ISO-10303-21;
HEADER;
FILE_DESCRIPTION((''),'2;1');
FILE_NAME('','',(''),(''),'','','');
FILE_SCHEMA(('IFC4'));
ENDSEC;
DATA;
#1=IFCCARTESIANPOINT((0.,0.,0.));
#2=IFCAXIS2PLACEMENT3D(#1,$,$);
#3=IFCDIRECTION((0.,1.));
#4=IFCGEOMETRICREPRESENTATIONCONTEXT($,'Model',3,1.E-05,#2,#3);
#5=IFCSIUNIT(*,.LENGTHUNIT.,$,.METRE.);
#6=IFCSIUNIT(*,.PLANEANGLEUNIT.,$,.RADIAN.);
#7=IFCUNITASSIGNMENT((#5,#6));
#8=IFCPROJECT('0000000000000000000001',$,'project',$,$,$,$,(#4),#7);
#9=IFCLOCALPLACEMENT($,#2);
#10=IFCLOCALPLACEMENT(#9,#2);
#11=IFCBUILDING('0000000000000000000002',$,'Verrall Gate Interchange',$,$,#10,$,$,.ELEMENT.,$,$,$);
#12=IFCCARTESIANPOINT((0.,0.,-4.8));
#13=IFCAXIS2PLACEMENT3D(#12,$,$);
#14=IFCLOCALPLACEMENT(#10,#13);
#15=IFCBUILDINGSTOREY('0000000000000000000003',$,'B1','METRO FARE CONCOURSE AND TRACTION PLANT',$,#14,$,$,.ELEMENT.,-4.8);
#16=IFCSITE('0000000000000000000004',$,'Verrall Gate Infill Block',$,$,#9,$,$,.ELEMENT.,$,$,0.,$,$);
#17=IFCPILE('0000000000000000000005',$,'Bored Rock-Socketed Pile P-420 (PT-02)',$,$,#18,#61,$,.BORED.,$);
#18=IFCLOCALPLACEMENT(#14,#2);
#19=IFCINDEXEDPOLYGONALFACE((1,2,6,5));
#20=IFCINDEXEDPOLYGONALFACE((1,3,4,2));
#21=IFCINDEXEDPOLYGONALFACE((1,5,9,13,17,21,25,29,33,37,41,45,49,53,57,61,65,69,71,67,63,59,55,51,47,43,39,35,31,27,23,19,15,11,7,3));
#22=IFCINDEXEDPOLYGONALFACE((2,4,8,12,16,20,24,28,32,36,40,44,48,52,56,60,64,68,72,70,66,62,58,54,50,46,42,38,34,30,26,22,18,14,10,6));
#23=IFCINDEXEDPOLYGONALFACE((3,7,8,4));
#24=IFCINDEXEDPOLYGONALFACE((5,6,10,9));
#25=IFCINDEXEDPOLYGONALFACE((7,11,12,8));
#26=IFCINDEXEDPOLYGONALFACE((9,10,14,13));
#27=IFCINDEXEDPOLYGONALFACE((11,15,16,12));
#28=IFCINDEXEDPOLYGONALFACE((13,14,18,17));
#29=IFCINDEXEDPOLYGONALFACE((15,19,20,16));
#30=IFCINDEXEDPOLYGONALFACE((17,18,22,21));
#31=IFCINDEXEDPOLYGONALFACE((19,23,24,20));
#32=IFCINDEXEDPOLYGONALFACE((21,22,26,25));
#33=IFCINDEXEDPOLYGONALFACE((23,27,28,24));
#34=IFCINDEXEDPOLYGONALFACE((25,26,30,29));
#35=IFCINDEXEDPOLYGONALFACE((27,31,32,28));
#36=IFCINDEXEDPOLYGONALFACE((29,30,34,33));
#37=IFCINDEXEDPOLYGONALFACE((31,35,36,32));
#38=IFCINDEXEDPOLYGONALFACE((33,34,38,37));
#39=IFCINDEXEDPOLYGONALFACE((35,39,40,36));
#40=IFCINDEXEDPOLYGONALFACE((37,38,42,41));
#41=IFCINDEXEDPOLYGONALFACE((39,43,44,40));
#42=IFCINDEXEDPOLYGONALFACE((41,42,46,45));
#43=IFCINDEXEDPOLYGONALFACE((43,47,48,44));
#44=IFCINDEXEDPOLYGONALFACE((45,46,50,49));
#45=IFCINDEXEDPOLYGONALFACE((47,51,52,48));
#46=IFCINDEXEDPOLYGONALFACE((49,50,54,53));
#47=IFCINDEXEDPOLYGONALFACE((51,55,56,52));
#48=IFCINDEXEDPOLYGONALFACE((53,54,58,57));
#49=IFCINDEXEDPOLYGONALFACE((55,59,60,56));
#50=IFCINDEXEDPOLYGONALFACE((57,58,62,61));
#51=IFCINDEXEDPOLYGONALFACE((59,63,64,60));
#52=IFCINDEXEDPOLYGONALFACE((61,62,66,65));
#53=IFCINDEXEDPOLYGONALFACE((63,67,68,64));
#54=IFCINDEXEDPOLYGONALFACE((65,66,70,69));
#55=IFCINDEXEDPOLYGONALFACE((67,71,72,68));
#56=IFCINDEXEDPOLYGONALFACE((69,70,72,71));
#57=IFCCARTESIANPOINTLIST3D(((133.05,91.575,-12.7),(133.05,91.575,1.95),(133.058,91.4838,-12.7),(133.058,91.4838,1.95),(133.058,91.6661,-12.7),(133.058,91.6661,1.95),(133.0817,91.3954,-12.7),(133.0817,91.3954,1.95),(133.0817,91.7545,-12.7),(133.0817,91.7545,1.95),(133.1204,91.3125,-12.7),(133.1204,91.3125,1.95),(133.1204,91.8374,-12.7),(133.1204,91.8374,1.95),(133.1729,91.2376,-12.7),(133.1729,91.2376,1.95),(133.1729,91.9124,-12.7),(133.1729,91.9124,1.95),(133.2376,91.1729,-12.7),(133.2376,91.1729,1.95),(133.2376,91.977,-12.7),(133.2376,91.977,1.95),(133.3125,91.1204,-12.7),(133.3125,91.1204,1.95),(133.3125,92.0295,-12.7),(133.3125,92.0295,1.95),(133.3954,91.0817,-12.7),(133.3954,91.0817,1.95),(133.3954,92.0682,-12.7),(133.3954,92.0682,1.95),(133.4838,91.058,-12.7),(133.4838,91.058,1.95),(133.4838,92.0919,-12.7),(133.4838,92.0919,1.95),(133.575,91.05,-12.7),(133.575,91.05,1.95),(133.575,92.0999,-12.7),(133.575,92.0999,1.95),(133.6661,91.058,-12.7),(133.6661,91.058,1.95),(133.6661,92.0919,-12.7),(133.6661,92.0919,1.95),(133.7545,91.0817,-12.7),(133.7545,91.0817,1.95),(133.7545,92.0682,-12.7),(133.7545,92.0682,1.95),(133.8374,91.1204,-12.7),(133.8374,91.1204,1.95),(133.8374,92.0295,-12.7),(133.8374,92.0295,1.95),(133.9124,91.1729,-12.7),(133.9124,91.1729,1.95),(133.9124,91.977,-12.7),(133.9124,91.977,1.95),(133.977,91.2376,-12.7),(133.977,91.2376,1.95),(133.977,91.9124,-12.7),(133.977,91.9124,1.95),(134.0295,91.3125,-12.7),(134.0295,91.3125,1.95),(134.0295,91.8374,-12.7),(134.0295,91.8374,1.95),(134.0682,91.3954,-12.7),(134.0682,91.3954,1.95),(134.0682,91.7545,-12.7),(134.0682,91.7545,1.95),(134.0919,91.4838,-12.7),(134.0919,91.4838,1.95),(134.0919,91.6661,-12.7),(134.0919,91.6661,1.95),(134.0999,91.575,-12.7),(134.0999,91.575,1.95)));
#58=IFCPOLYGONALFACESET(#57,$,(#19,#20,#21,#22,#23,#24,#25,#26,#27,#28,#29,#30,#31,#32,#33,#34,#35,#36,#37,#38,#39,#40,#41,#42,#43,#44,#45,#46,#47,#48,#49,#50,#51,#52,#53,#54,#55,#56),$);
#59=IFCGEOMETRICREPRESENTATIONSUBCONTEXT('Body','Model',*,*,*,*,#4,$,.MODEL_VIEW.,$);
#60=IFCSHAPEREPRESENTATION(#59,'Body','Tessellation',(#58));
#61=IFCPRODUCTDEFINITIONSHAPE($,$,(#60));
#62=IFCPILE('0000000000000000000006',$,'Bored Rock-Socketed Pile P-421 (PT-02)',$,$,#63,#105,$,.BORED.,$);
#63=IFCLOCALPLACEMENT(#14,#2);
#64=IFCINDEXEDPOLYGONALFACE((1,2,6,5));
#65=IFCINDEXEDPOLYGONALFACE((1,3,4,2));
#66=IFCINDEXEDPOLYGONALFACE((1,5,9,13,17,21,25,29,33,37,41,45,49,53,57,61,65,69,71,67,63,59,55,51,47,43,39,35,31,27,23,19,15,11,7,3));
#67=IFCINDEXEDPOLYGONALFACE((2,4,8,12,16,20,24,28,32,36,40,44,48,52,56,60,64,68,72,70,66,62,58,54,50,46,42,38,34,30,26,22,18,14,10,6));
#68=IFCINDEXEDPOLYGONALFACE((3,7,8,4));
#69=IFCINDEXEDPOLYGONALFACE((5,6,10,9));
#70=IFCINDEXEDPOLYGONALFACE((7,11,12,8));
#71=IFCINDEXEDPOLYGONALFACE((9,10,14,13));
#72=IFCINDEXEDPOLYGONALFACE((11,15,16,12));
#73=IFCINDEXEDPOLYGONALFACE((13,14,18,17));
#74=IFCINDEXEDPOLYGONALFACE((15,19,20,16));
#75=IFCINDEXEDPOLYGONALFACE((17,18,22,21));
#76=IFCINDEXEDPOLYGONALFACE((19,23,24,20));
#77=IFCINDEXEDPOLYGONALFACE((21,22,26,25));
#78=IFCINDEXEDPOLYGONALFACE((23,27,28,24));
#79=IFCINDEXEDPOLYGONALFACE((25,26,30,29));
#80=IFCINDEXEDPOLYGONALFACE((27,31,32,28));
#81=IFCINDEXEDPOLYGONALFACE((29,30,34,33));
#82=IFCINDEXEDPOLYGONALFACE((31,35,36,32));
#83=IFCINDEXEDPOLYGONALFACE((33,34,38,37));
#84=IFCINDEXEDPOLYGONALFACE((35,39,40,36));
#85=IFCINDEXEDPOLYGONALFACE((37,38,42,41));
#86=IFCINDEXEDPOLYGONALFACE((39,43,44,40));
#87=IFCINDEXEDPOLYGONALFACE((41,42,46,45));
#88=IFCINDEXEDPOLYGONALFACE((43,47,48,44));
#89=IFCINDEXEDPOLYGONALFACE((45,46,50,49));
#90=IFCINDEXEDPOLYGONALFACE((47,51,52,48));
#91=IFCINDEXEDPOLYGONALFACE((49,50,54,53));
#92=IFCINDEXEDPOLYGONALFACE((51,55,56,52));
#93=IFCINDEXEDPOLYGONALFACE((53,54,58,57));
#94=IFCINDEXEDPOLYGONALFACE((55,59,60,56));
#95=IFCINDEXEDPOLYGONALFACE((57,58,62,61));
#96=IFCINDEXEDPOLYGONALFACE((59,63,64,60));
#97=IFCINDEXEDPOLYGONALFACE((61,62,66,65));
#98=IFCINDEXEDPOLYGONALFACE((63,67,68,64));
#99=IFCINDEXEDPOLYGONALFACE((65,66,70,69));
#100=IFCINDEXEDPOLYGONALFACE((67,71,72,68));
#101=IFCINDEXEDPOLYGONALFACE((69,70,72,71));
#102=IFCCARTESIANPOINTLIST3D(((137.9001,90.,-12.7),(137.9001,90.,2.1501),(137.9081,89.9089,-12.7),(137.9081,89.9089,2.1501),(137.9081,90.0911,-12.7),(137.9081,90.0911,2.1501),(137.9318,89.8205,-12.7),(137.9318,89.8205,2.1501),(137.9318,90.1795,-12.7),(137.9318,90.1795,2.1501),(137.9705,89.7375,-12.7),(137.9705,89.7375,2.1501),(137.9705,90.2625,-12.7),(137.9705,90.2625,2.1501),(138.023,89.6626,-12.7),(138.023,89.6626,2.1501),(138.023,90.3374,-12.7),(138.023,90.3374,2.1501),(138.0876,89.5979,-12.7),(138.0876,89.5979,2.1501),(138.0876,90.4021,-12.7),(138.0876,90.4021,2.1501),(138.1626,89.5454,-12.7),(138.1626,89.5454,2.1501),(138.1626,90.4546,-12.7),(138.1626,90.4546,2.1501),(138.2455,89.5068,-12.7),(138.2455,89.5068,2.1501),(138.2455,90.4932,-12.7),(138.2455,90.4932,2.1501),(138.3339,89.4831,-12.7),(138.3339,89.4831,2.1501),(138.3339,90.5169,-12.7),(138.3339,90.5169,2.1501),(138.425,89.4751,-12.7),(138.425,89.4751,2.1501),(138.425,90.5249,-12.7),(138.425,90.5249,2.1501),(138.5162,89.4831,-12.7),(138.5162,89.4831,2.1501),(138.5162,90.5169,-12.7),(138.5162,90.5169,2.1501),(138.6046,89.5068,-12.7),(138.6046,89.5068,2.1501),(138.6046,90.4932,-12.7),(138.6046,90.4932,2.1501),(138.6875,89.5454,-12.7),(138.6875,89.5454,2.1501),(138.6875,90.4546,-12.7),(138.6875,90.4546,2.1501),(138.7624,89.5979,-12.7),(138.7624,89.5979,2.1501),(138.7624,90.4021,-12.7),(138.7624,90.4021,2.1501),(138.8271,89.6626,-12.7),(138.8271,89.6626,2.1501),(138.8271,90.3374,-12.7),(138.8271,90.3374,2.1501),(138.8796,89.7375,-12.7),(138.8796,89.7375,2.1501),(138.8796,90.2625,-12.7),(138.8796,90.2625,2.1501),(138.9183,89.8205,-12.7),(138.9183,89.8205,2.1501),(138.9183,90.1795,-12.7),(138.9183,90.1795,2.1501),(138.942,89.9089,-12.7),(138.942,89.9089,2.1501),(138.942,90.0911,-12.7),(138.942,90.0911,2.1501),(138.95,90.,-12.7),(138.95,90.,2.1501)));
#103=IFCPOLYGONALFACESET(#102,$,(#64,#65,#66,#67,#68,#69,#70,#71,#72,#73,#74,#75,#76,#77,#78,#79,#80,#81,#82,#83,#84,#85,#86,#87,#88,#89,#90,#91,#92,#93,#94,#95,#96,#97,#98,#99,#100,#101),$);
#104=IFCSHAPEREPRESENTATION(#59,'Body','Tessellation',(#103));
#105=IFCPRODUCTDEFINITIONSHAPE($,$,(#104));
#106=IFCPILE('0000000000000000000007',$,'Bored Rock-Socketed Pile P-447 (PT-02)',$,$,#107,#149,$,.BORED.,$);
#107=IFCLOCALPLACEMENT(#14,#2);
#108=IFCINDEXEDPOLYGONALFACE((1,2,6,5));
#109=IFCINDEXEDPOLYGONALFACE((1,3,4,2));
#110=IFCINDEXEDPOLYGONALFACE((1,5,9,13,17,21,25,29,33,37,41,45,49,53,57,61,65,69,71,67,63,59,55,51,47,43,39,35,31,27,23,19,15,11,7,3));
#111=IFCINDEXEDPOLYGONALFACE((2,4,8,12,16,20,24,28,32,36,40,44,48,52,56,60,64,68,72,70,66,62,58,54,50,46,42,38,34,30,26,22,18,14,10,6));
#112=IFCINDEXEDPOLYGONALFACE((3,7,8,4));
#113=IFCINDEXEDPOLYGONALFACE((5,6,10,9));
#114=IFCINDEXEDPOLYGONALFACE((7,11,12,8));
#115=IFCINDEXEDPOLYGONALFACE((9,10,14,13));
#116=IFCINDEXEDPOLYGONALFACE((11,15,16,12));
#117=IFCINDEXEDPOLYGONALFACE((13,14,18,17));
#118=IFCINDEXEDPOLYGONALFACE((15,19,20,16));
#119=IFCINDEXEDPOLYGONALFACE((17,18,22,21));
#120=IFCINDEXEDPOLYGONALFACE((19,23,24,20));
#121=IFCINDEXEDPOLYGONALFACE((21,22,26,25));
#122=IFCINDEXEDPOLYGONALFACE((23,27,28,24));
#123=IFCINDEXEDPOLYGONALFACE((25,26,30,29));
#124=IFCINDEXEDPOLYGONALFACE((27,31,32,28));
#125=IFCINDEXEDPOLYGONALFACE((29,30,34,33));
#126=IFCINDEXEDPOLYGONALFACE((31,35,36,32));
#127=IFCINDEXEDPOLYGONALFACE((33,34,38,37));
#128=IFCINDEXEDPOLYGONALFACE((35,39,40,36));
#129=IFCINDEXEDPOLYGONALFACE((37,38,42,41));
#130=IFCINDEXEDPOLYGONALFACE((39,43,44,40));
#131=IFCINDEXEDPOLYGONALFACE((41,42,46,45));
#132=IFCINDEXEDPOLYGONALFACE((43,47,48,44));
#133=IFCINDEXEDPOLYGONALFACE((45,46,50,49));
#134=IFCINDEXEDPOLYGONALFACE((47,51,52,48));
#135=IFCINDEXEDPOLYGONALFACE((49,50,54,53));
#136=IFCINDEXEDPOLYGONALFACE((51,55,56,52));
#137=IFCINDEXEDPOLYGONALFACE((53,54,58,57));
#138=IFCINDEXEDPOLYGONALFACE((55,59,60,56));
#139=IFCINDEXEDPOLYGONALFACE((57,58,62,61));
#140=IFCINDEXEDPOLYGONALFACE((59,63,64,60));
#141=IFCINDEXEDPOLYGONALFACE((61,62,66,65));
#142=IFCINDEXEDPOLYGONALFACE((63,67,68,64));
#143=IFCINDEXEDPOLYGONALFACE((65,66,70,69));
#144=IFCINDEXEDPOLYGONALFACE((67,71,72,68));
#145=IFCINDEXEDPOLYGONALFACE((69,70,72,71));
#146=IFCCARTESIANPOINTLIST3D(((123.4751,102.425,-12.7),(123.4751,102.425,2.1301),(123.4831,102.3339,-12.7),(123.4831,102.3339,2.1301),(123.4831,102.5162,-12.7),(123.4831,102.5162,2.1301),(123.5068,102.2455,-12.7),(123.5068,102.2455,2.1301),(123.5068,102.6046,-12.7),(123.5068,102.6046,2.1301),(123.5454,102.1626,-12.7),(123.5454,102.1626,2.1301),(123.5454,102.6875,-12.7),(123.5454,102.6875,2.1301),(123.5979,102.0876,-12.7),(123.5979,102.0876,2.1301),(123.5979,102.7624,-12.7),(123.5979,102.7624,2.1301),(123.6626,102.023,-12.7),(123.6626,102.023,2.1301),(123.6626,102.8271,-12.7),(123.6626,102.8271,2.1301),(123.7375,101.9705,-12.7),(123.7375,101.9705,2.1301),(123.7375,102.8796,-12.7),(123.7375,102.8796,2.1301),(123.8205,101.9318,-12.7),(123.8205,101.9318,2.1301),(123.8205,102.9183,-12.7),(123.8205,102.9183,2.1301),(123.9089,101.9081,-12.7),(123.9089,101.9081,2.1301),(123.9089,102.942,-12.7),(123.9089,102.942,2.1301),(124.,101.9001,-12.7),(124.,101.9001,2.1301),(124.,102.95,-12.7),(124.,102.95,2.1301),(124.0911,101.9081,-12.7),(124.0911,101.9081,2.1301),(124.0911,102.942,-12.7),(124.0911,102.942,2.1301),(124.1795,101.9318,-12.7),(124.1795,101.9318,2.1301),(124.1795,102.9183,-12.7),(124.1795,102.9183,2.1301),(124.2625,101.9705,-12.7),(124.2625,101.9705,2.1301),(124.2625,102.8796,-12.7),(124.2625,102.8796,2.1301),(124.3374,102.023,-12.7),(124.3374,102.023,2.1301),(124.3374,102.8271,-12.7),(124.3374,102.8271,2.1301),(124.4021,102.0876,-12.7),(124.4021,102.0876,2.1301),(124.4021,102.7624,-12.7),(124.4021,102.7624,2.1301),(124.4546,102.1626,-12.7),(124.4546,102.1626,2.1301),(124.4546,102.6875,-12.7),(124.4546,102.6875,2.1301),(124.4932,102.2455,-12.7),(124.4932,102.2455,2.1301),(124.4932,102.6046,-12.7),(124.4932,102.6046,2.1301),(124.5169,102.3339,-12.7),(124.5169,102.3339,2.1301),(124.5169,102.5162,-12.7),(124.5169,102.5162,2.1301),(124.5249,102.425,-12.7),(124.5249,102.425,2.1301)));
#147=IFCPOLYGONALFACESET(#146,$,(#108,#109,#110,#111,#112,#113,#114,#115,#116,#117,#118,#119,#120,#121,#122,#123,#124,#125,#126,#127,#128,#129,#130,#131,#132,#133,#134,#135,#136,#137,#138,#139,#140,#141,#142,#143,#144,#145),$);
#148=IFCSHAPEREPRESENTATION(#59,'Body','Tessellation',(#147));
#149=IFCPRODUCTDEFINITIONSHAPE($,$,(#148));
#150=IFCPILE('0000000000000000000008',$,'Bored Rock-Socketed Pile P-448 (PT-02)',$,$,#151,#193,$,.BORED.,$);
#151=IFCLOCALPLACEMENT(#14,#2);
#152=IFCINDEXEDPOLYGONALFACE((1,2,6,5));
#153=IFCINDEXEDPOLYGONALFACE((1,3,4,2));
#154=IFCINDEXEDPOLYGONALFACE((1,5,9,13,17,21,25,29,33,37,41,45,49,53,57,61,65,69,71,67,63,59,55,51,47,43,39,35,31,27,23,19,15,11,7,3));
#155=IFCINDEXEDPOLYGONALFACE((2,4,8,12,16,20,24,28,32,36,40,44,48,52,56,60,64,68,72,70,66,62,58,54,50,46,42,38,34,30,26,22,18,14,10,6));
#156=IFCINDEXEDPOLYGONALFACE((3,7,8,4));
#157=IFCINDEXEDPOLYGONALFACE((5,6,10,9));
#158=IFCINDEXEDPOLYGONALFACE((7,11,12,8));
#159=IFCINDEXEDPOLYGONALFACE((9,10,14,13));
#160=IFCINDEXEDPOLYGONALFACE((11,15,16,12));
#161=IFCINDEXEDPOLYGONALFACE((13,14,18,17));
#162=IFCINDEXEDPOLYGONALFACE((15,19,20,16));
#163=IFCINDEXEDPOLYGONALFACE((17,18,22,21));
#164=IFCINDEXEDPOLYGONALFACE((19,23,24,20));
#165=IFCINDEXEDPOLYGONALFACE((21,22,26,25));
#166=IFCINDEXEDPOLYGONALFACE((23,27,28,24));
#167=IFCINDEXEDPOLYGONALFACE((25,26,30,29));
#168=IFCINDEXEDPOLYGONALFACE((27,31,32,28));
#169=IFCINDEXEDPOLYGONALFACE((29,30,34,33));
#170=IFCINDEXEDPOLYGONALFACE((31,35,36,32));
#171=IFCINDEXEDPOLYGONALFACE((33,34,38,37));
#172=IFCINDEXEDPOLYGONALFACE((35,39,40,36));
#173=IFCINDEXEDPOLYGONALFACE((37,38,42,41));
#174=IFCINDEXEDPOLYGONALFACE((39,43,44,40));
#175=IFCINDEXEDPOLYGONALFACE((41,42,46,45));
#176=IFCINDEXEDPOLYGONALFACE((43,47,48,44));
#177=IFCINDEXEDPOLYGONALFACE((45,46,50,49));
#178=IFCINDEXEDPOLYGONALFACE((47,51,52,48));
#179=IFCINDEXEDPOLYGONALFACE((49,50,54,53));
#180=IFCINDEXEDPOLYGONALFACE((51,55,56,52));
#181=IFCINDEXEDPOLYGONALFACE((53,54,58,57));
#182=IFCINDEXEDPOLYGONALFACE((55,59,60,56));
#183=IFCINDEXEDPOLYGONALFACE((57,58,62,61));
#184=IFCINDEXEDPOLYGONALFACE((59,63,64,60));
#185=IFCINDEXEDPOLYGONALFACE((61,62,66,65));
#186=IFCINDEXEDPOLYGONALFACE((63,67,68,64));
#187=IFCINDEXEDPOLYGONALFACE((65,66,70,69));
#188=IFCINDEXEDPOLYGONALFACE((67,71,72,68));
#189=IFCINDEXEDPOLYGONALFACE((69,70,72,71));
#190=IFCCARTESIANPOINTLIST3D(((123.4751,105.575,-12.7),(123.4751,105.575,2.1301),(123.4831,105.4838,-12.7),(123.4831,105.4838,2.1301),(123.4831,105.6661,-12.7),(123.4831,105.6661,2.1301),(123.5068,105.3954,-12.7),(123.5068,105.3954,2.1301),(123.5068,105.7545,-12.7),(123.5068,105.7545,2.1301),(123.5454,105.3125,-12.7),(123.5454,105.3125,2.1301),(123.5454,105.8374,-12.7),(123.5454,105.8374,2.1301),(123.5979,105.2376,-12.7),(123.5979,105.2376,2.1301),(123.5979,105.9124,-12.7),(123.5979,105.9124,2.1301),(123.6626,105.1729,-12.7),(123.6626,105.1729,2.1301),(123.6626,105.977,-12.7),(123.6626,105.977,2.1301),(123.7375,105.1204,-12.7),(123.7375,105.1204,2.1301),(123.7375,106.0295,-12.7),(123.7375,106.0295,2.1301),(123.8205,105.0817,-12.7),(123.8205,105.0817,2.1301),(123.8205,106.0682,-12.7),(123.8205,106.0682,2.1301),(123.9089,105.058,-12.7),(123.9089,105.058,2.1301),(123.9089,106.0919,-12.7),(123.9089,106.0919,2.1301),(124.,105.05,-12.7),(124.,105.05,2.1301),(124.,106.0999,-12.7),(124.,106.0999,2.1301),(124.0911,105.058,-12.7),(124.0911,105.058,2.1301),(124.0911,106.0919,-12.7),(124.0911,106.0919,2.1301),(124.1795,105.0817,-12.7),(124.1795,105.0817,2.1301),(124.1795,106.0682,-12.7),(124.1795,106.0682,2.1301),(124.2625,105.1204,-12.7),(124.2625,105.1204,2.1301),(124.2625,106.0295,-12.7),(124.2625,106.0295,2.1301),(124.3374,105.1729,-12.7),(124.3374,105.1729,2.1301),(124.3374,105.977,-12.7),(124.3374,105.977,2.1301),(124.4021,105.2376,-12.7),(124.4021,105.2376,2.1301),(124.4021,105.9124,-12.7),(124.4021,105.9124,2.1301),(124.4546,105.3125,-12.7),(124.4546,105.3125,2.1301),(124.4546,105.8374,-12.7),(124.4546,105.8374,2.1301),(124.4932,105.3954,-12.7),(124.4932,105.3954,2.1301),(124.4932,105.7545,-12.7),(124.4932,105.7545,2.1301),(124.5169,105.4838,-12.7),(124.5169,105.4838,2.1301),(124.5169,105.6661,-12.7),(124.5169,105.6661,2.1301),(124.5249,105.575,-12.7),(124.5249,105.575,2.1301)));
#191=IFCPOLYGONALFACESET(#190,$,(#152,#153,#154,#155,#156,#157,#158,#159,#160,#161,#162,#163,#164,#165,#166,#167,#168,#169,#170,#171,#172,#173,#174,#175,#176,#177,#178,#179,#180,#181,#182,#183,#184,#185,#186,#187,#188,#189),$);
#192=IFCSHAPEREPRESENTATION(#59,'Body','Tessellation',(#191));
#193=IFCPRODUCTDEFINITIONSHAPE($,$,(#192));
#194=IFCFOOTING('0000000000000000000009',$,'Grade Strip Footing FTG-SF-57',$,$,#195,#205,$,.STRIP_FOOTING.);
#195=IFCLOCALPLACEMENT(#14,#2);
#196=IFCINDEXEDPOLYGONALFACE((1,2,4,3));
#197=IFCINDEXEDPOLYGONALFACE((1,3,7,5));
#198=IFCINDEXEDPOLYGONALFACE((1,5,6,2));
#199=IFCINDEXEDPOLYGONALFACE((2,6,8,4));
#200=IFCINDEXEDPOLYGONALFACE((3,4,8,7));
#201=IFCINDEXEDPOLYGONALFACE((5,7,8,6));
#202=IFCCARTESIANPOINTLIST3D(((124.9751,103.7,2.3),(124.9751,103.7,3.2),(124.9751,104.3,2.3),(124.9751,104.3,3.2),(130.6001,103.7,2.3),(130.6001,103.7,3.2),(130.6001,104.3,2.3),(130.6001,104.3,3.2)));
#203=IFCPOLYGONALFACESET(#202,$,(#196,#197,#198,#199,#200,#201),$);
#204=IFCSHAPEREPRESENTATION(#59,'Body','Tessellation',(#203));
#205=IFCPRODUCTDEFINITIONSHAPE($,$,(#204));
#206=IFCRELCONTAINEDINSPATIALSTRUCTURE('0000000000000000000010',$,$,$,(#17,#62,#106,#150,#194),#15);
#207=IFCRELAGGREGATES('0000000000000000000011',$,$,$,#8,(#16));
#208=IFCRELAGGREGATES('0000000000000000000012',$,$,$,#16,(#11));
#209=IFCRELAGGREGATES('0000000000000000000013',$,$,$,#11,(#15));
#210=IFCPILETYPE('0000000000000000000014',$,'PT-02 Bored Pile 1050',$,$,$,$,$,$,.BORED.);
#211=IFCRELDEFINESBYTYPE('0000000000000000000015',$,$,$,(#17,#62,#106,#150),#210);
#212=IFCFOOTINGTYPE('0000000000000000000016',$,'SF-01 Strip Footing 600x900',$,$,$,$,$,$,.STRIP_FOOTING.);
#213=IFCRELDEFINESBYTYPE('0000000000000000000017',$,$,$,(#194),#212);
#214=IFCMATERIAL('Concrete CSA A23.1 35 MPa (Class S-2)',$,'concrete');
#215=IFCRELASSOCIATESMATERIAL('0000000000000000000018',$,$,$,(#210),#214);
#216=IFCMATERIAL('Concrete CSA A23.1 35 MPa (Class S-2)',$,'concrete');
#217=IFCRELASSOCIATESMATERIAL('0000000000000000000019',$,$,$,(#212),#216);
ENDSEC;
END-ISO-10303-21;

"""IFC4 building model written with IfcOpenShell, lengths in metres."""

from ifc_helpers import new_model, si_unit, direction, frame, origin, origin_2d, place, context, subcontext, project, spatial, rectangle, circle, extrude, material, material_profile, profile_set, type_object, element, save


model = new_model("IFC4")

# Units and contexts
model_context = context("Model", 3, precision=1e-05, world=origin(), true_north=direction((0.0, 1.0)))
body_context = subcontext(model_context, "Body", "Model", "MODEL_VIEW")
ifc_project = project(units=[si_unit("LENGTHUNIT", "METRE"), si_unit("PLANEANGLEUNIT", "RADIAN")], contexts=[model_context])

# Site, building, storey
site_placement = place(None, origin())
site = spatial("IfcSite", under=ifc_project, at=site_placement, Name="Verrall Gate Infill Block", CompositionType="ELEMENT", RefElevation=0.0)
building_placement = place(site_placement, origin())
building = spatial("IfcBuilding", under=site, at=building_placement, Name="Verrall Gate Interchange", CompositionType="ELEMENT")
storey_placement = place(building_placement, frame((0.0, 0.0, -4.8)))
storey = spatial("IfcBuildingStorey", under=building, at=storey_placement, Name="B1", Description="METRO FARE CONCOURSE AND TRACTION PLANT", CompositionType="ELEMENT", Elevation=-4.8)

# Piles
ifc_material_1 = material(Name="Concrete CSA A23.1 35 MPa (Class S-2)", Category="concrete")
ifc_material_profile_1 = material_profile(ifc_material_1, circle(Radius=0.5249, at=origin_2d()), Name="PILE1050D")
ifc_profile_set_1 = profile_set([ifc_material_profile_1], Name="Concrete CSA A23.1 35 MPa (Class S-2)")
pile_type = type_object("IfcPileType", Name="PT-02 Bored Pile 1050", PredefinedType="BORED", material=ifc_profile_set_1)
for number, where, z_axis, x_axis, name in (
    (1, (133.575, 91.575, 1.95), (0.0, 0.0, -1.0), (1.0, 0.0, 0.0), "Bored Rock-Socketed Pile P-420 (PT-02)"),
):
    element("IfcPile", number, at=place(storey_placement, frame(where, z_axis=z_axis, x_axis=x_axis)), inside=storey, type_object=pile_type, Name=name, PredefinedType="BORED", context=body_context, shape_type="SweptSolid", body=[
        extrude(circle(Radius=0.5249, at=origin_2d()), origin(), (0.0, 0.0, 1.0), 14.6499),
    ])
pile_1_placement = place(storey_placement, frame((138.425, 90.0, 2.1501), z_axis=(0.0, 0.0, -1.0), x_axis=(1.0, 0.0, 0.0)))
element("IfcPile", 2, at=pile_1_placement, inside=storey, type_object=pile_type, Name="Bored Rock-Socketed Pile P-421 (PT-02)", PredefinedType="BORED", context=body_context, shape_type="SweptSolid", body=[
    extrude(circle(Radius=0.5249, at=origin_2d()), origin(), (0.0, 0.0, 1.0), 14.8501),
])
for number, where, z_axis, x_axis, name in (
    (3, (124.0, 102.425, 2.1301), (0.0, 0.0, -1.0), (1.0, 0.0, 0.0), "Bored Rock-Socketed Pile P-447 (PT-02)"),
    (4, (124.0, 105.575, 2.1301), (0.0, 0.0, -1.0), (1.0, 0.0, 0.0), "Bored Rock-Socketed Pile P-448 (PT-02)"),
):
    element("IfcPile", number, at=place(storey_placement, frame(where, z_axis=z_axis, x_axis=x_axis)), inside=storey, type_object=pile_type, Name=name, PredefinedType="BORED", context=body_context, shape_type="SweptSolid", body=[
        extrude(circle(Radius=0.5249, at=origin_2d()), origin(), (0.0, 0.0, 1.0), 14.8301),
    ])

# Footing
ifc_material_2 = material(Name="Concrete CSA A23.1 35 MPa (Class S-2)", Category="concrete")
footing_type_1 = type_object("IfcFootingType", Name="SF-01 Strip Footing 600x900", PredefinedType="STRIP_FOOTING", material=ifc_material_2)
footing_1_placement = place(storey_placement, frame((127.7876, 104.0, 2.3), z_axis=(0.0, 0.0, 1.0), x_axis=(1.0, 0.0, 0.0)))
element("IfcFooting", 5, at=footing_1_placement, inside=storey, type_object=footing_type_1, Name="Grade Strip Footing FTG-SF-57", PredefinedType="STRIP_FOOTING", context=body_context, shape_type="SweptSolid", body=[
    extrude(rectangle(XDim=5.625, YDim=0.6001, at=origin_2d()), origin(), (0.0, 0.0, 1.0), 0.8999),
])

save(model, "model.ifc")
